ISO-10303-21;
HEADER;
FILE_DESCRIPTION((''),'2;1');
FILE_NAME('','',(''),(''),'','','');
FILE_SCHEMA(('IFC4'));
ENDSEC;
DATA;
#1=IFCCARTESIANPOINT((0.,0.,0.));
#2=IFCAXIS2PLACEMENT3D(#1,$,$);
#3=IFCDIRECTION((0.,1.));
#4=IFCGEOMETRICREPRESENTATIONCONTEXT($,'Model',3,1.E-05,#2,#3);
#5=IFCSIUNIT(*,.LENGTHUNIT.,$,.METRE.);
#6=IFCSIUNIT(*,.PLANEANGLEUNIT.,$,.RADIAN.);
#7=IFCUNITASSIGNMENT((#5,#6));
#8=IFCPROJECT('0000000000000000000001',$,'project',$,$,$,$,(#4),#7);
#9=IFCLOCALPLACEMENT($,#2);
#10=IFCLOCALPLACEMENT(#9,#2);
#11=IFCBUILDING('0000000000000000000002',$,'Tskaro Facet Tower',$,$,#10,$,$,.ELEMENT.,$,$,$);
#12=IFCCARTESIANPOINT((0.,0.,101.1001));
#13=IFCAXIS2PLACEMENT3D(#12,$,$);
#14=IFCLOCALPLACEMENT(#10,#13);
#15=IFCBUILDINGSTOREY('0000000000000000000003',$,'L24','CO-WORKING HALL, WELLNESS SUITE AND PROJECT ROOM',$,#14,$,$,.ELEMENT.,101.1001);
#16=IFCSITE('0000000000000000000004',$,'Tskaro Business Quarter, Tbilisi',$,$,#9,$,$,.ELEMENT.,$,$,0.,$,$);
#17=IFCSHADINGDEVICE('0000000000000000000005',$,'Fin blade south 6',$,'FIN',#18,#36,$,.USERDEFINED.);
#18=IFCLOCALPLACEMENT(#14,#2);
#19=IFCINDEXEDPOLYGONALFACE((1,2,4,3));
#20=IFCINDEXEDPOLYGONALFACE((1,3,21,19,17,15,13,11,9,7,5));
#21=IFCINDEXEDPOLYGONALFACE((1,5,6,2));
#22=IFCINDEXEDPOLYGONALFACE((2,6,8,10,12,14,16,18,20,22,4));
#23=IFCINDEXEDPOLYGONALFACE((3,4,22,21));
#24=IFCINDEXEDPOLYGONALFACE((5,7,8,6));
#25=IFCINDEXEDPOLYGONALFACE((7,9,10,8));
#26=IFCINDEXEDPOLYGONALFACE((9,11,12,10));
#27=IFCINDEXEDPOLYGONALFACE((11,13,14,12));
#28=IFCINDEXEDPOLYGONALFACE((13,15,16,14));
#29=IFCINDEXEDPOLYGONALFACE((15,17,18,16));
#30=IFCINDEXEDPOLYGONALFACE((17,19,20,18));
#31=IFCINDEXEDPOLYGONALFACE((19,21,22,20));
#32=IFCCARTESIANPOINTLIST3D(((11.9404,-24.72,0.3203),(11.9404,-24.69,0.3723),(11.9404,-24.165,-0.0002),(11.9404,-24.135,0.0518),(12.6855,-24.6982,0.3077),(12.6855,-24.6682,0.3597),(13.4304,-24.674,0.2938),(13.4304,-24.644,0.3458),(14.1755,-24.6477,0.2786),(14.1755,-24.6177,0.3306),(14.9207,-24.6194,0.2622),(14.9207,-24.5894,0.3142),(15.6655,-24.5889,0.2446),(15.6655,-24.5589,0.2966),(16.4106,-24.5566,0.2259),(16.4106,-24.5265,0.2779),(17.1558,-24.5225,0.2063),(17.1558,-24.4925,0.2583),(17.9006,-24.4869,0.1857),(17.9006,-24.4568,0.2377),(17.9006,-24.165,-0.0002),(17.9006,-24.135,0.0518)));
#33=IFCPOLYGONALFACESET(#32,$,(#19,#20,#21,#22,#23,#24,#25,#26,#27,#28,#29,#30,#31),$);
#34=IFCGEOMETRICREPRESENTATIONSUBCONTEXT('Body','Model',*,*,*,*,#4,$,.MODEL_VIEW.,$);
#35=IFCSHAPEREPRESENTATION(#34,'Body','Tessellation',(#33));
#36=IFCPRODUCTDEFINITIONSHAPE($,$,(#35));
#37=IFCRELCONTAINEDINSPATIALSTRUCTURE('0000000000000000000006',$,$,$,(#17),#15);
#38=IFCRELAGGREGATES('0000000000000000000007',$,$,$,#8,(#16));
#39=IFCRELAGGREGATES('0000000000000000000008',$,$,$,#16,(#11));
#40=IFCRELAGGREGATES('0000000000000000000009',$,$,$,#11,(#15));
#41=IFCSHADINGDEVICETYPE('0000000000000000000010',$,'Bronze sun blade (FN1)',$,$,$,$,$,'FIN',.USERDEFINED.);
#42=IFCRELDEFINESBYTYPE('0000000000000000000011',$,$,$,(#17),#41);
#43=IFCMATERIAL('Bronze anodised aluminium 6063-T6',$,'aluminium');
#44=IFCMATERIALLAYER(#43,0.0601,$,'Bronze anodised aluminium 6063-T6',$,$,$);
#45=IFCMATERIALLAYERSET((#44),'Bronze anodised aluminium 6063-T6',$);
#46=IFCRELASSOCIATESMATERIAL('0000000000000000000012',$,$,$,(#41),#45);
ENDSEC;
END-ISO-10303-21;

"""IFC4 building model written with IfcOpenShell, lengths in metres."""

from ifc_helpers import new_model, si_unit, direction, frame, origin, place, context, subcontext, project, spatial, polyline, outline, extrude, material, layer, layer_set, type_object, element, save


model = new_model("IFC4")

# Units and contexts
model_context = context("Model", 3, precision=1e-05, world=origin(), true_north=direction((0.0, 1.0)))
body_context = subcontext(model_context, "Body", "Model", "MODEL_VIEW")
ifc_project = project(units=[si_unit("LENGTHUNIT", "METRE"), si_unit("PLANEANGLEUNIT", "RADIAN")], contexts=[model_context])

# Site, building, storey
site_placement = place(None, origin())
site = spatial("IfcSite", under=ifc_project, at=site_placement, Name="Tskaro Business Quarter, Tbilisi", CompositionType="ELEMENT", RefElevation=0.0)
building_placement = place(site_placement, origin())
building = spatial("IfcBuilding", under=site, at=building_placement, Name="Tskaro Facet Tower", CompositionType="ELEMENT")
storey_placement = place(building_placement, frame((0.0, 0.0, 101.1001)))
storey = spatial("IfcBuildingStorey", under=building, at=storey_placement, Name="L24", Description="CO-WORKING HALL, WELLNESS SUITE AND PROJECT ROOM", CompositionType="ELEMENT", Elevation=101.1001)

# Shared definitions
ifc_material_1 = material(Name="Bronze anodised aluminium 6063-T6", Category="aluminium")

# Shading device
ifc_layer_1 = layer(ifc_material_1, 0.0601, Name="Bronze anodised aluminium 6063-T6")
ifc_layer_set_1 = layer_set([ifc_layer_1], Name="Bronze anodised aluminium 6063-T6")
shading_device_type = type_object("IfcShadingDeviceType", Name="Bronze sun blade (FN1)", ElementType="FIN", PredefinedType="USERDEFINED", material=ifc_layer_set_1)
shading_device_1_placement = place(storey_placement, frame((11.9404, -24.135, 0.0518), z_axis=(-0.000007, 0.500163, 0.865931), x_axis=(1.0, 0.000004, 0.000006)))
element("IfcShadingDevice", 1, at=shading_device_1_placement, inside=storey, type_object=shading_device_type, Name="Fin blade south 6", ObjectType="FIN", PredefinedType="USERDEFINED", context=body_context, shape_type="SweptSolid", body=[
    extrude(outline(polyline([(0.0, 0.0), (5.9602, 0.0), (5.9602, -0.3717), (5.2153, -0.4128), (4.4702, -0.4522), (3.7251, -0.4895), (2.9802, -0.5247), (2.2351, -0.5574), (1.49, -0.5878), (0.7451, -0.6157), (0.0, -0.6409), (0.0, 0.0)])), origin(), (0.0, 0.0, -1.0), 0.0601),
])

save(model, "model.ifc")
